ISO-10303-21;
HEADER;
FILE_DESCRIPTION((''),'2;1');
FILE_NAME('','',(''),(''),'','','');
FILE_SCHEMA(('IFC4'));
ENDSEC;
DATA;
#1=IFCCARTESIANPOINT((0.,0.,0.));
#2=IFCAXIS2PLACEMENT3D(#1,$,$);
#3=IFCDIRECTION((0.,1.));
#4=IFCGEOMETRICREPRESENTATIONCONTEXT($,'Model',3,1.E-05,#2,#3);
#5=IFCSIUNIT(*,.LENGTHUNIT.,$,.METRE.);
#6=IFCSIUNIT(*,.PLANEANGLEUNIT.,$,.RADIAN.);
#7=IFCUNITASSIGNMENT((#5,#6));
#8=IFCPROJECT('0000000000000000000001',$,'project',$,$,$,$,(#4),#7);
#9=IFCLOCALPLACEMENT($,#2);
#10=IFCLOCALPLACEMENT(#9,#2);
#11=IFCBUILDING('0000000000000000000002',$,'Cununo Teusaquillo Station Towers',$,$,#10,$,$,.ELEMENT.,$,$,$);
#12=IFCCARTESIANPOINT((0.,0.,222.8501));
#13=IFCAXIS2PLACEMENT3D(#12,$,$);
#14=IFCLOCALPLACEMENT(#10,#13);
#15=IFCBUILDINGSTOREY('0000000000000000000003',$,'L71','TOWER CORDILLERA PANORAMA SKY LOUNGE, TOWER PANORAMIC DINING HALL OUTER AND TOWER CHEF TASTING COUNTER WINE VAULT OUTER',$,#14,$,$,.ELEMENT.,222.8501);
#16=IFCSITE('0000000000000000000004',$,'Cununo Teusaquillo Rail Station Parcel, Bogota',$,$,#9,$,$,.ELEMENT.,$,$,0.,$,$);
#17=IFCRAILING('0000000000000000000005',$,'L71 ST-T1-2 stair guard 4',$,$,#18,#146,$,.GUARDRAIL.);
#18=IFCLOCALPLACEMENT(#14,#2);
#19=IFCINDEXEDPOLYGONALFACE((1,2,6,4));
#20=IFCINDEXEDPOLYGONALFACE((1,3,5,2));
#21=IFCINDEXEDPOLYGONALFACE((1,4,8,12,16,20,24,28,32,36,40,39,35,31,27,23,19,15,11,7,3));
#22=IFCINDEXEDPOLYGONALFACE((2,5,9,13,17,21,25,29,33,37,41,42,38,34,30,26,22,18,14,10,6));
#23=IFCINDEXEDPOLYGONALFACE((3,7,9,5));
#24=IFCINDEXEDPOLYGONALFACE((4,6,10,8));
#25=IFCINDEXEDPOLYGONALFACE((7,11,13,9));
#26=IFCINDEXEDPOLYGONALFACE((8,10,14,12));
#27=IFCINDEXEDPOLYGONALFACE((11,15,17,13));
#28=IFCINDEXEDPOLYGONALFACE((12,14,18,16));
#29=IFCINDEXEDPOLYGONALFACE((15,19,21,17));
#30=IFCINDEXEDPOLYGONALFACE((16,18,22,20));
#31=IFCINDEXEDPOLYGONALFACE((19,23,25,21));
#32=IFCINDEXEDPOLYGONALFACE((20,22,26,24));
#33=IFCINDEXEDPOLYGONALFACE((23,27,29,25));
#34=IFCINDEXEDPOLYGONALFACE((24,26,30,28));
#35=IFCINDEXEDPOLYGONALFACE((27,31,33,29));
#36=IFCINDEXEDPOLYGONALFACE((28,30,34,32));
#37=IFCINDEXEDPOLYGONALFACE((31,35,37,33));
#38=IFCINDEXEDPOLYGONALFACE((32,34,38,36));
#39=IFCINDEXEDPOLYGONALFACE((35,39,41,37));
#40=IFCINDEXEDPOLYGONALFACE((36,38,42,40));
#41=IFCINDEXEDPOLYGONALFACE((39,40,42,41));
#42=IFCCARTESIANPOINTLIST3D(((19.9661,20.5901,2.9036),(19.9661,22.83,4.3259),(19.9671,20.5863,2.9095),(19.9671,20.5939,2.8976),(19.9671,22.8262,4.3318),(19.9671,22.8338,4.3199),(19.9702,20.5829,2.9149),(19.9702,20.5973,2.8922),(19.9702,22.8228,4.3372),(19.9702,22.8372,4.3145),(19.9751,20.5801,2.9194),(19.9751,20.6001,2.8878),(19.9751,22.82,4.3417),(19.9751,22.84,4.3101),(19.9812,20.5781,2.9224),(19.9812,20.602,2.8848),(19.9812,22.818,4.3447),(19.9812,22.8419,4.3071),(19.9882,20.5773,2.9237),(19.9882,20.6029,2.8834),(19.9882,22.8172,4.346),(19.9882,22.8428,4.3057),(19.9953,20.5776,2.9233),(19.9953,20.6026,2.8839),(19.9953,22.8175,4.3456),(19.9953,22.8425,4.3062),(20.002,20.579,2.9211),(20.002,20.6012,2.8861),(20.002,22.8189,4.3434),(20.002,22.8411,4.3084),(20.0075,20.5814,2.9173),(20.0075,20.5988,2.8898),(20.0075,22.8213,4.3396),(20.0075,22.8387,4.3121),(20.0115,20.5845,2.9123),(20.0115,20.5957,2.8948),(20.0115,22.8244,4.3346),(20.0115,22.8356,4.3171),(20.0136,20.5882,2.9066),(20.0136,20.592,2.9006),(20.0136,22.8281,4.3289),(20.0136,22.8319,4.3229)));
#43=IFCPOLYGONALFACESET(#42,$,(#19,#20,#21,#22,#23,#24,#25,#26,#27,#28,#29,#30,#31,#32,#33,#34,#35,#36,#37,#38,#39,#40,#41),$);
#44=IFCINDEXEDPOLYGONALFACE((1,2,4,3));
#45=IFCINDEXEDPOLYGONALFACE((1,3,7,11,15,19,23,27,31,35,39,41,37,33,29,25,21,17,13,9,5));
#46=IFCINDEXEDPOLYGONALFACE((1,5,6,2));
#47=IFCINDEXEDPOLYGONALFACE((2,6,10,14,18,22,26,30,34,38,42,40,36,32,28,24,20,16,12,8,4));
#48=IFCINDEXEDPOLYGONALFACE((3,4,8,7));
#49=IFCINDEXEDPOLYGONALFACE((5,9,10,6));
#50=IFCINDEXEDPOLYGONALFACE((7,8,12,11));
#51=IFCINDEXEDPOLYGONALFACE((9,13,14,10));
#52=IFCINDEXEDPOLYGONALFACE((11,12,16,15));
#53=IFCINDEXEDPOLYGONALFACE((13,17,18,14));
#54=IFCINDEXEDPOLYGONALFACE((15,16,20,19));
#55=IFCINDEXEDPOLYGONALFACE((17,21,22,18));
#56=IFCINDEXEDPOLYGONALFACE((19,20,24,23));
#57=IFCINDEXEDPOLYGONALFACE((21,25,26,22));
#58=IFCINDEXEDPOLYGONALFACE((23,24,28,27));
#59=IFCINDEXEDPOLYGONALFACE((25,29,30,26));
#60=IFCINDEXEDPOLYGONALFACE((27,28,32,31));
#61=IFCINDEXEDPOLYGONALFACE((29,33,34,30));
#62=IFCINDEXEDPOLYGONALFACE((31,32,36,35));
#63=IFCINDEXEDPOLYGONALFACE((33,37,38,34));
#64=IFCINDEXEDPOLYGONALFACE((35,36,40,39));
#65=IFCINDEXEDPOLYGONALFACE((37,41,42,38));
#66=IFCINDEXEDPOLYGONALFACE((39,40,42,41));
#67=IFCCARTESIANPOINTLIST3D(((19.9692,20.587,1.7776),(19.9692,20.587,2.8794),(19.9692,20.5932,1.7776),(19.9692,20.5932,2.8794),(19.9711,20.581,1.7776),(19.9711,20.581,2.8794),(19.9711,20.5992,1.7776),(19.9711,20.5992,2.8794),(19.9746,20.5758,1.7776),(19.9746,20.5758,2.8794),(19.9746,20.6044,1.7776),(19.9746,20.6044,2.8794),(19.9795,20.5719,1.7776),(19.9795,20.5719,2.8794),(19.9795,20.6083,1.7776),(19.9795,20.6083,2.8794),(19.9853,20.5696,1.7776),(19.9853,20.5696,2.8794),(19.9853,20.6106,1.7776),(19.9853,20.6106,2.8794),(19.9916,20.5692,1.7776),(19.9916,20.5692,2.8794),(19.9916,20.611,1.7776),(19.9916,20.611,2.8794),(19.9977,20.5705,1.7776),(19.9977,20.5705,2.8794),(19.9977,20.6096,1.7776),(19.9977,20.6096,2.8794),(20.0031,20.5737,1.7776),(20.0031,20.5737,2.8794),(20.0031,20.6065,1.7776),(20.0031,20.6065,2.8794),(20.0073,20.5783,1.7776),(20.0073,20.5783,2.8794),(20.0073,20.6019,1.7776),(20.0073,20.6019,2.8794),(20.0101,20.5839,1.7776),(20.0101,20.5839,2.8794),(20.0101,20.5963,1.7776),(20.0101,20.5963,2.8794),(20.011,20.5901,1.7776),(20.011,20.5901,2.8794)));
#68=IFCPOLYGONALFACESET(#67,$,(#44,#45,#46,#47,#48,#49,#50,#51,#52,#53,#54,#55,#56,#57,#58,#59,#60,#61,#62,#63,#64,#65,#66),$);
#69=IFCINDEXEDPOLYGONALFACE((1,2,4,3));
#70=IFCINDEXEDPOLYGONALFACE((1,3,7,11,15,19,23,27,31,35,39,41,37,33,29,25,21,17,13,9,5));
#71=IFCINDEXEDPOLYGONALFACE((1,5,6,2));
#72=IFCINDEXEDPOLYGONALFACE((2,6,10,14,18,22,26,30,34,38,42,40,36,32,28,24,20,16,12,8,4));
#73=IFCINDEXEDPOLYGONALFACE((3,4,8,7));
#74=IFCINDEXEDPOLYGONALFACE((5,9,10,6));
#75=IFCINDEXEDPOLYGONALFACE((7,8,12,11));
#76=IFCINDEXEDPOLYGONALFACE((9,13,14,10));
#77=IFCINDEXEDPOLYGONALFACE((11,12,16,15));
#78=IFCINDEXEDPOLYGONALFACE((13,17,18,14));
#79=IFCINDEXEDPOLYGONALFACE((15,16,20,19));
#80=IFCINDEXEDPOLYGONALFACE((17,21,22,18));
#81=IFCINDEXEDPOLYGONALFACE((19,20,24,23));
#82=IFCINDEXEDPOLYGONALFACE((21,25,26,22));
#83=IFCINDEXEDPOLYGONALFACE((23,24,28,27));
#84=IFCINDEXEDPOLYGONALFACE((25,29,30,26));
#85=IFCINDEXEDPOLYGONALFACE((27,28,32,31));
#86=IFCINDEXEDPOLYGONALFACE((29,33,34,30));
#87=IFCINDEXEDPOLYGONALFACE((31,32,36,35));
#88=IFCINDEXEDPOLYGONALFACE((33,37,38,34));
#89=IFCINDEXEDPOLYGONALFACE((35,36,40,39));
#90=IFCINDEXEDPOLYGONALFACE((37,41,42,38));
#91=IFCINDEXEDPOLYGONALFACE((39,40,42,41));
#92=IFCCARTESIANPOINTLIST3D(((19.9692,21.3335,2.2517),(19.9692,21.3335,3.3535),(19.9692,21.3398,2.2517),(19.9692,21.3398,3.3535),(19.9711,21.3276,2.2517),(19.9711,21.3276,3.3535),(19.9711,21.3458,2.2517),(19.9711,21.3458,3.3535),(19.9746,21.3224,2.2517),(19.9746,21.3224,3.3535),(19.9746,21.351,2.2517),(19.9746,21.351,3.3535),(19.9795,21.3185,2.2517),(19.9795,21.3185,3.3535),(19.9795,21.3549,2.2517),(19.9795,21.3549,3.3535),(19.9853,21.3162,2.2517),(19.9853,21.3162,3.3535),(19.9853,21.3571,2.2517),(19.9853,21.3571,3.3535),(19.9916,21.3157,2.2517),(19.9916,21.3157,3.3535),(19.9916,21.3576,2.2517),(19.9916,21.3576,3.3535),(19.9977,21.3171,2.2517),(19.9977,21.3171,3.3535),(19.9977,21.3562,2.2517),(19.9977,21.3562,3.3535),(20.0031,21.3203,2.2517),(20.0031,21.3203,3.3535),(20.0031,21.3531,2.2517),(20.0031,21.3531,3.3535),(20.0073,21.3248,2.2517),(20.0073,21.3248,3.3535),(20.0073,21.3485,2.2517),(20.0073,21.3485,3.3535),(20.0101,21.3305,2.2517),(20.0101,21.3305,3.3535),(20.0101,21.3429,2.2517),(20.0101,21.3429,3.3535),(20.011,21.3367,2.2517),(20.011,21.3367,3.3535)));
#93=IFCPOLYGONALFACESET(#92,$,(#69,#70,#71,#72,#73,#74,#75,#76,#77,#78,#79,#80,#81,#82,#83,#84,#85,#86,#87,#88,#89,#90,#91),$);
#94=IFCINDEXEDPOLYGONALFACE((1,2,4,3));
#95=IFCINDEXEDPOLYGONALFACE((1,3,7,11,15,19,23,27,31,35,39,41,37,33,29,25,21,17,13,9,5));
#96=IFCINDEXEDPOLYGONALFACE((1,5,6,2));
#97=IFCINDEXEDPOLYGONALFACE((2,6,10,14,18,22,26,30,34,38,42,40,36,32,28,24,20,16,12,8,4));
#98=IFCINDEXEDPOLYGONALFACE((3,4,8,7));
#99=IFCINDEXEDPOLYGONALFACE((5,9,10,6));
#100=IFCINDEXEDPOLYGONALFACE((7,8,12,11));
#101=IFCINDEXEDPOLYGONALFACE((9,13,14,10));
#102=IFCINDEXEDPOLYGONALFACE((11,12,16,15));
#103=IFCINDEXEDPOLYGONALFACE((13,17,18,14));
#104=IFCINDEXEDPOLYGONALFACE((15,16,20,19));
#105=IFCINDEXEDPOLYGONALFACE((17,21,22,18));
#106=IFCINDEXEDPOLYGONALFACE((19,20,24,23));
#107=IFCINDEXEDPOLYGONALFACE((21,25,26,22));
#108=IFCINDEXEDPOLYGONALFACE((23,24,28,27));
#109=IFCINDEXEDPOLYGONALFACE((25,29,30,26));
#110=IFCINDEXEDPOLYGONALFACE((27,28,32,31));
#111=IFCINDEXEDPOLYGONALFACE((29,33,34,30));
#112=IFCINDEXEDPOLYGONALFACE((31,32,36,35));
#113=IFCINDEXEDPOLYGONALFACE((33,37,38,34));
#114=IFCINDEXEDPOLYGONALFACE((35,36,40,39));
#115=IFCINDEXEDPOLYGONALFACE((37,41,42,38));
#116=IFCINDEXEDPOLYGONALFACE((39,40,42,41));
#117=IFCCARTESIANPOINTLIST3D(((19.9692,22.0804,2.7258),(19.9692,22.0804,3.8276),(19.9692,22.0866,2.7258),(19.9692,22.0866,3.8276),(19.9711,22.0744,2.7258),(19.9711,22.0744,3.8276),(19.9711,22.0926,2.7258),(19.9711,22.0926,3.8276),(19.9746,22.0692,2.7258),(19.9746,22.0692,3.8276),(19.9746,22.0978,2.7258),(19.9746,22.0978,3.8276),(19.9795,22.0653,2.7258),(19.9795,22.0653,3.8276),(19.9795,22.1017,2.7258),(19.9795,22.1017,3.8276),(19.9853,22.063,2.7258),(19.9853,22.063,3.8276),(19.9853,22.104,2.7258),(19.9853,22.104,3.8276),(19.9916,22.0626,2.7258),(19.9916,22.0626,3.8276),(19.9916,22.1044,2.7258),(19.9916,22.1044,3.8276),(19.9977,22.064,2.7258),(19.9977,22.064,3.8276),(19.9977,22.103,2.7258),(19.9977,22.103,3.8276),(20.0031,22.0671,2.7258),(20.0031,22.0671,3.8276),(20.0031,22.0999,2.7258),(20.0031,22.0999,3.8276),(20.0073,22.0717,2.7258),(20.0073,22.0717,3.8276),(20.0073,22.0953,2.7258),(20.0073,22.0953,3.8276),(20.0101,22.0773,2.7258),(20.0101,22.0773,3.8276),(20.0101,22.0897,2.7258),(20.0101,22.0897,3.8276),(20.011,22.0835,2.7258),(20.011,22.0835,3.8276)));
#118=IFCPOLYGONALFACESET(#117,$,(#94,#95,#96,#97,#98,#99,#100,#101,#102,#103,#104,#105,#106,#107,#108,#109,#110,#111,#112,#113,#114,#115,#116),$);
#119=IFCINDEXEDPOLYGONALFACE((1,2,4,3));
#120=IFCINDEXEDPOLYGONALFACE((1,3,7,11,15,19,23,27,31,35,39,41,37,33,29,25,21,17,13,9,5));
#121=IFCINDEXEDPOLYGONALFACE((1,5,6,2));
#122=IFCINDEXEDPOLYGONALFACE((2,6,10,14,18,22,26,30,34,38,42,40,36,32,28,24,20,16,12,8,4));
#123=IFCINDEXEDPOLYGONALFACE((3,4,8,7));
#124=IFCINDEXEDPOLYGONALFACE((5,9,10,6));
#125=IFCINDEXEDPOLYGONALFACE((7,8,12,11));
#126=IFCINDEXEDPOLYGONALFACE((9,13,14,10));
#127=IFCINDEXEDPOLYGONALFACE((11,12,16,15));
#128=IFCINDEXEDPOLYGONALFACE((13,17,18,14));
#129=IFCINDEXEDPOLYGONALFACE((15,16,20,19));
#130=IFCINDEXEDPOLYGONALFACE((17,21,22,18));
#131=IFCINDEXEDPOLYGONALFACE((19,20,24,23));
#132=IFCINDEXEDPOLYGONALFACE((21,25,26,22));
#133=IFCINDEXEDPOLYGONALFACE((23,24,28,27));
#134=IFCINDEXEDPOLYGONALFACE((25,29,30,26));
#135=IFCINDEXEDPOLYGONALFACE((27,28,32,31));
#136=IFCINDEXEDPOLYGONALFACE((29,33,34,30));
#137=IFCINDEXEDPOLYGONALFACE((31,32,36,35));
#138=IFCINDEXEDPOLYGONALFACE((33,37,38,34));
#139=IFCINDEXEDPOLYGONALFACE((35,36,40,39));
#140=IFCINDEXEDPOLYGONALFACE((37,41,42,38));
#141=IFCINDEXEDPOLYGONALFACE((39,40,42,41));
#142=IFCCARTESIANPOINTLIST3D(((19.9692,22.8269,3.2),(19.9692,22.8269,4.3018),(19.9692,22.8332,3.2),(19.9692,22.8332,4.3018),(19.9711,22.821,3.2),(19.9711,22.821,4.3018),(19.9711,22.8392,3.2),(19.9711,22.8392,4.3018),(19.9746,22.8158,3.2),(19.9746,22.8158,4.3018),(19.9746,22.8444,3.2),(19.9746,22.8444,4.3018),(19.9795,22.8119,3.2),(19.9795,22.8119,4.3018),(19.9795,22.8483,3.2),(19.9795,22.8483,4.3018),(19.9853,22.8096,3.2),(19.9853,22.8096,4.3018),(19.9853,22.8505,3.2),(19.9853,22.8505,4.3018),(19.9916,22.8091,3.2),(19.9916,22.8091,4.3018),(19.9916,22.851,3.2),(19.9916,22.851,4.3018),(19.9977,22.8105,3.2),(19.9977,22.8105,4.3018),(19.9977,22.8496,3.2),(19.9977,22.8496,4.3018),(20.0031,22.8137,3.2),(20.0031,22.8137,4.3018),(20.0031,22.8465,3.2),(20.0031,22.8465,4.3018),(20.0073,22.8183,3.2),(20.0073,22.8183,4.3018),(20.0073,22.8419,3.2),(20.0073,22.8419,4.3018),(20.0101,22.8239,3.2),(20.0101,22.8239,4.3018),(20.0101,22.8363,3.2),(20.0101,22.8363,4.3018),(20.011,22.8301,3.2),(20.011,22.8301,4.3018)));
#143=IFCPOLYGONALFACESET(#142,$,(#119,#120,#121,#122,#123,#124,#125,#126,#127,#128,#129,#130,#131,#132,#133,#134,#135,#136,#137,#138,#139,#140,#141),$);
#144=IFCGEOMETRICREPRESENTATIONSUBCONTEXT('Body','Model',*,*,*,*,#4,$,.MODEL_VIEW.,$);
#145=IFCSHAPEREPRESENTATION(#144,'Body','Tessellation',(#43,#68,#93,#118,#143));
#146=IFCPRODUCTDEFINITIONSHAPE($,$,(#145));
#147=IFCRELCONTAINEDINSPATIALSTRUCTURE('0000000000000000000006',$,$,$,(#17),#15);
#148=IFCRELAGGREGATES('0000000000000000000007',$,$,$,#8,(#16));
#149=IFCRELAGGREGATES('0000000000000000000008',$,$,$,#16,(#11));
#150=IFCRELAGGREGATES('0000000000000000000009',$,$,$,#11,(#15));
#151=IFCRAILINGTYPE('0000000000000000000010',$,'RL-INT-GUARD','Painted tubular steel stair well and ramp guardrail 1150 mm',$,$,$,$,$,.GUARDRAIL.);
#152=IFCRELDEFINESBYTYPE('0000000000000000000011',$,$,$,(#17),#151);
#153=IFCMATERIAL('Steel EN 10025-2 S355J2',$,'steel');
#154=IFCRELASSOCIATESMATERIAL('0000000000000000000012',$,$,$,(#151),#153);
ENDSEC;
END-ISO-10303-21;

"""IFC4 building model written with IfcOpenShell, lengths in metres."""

from ifc_helpers import new_model, si_unit, direction, frame, origin, origin_2d, place, context, subcontext, project, spatial, circle, extrude, material, type_object, element, save


model = new_model("IFC4")

# Units and contexts
model_context = context("Model", 3, precision=1e-05, world=origin(), true_north=direction((0.0, 1.0)))
body_context = subcontext(model_context, "Body", "Model", "MODEL_VIEW")
ifc_project = project(units=[si_unit("LENGTHUNIT", "METRE"), si_unit("PLANEANGLEUNIT", "RADIAN")], contexts=[model_context])

# Site, building, storey
site_placement = place(None, origin())
site = spatial("IfcSite", under=ifc_project, at=site_placement, Name="Cununo Teusaquillo Rail Station Parcel, Bogota", CompositionType="ELEMENT", RefElevation=0.0)
building_placement = place(site_placement, origin())
building = spatial("IfcBuilding", under=site, at=building_placement, Name="Cununo Teusaquillo Station Towers", CompositionType="ELEMENT")
storey_placement = place(building_placement, frame((0.0, 0.0, 222.8501)))
storey = spatial("IfcBuildingStorey", under=building, at=storey_placement, Name="L71", Description="TOWER CORDILLERA PANORAMA SKY LOUNGE, TOWER PANORAMIC DINING HALL OUTER AND TOWER CHEF TASTING COUNTER WINE VAULT OUTER", CompositionType="ELEMENT", Elevation=222.8501)

# Railing
ifc_material_1 = material(Name="Steel EN 10025-2 S355J2", Category="steel")
railing_type_1 = type_object("IfcRailingType", Name="RL-INT-GUARD", Description="Painted tubular steel stair well and ramp guardrail 1150 mm", PredefinedType="GUARDRAIL", material=ifc_material_1)
railing_1_placement = place(storey_placement, frame((19.99, 20.5901, 1.7776)))
element("IfcRailing", 1, at=railing_1_placement, inside=storey, type_object=railing_type_1, Name="L71 ST-T1-2 stair guard 4", PredefinedType="GUARDRAIL", context=body_context, shape_type="SweptSolid", body=[
    extrude(circle(Radius=0.0239, at=origin_2d()), frame((0.0, 0.0, 1.126), z_axis=(0.0, 0.844188, 0.536048), x_axis=(-1.0, 0.0, 0.0)), (0.0, 0.0, 1.0), 2.6533),
    extrude(circle(Radius=0.021, at=origin_2d()), origin(), (0.0, 0.0, 1.0), 1.1018),
    extrude(circle(Radius=0.021, at=origin_2d()), frame((0.0, 0.7466, 0.4741)), (0.0, 0.0, 1.0), 1.1018),
    extrude(circle(Radius=0.021, at=origin_2d()), frame((0.0, 1.4934, 0.9482)), (0.0, 0.0, 1.0), 1.1018),
    extrude(circle(Radius=0.021, at=origin_2d()), frame((0.0, 2.24, 1.4224)), (0.0, 0.0, 1.0), 1.1018),
])

save(model, "model.ifc")
